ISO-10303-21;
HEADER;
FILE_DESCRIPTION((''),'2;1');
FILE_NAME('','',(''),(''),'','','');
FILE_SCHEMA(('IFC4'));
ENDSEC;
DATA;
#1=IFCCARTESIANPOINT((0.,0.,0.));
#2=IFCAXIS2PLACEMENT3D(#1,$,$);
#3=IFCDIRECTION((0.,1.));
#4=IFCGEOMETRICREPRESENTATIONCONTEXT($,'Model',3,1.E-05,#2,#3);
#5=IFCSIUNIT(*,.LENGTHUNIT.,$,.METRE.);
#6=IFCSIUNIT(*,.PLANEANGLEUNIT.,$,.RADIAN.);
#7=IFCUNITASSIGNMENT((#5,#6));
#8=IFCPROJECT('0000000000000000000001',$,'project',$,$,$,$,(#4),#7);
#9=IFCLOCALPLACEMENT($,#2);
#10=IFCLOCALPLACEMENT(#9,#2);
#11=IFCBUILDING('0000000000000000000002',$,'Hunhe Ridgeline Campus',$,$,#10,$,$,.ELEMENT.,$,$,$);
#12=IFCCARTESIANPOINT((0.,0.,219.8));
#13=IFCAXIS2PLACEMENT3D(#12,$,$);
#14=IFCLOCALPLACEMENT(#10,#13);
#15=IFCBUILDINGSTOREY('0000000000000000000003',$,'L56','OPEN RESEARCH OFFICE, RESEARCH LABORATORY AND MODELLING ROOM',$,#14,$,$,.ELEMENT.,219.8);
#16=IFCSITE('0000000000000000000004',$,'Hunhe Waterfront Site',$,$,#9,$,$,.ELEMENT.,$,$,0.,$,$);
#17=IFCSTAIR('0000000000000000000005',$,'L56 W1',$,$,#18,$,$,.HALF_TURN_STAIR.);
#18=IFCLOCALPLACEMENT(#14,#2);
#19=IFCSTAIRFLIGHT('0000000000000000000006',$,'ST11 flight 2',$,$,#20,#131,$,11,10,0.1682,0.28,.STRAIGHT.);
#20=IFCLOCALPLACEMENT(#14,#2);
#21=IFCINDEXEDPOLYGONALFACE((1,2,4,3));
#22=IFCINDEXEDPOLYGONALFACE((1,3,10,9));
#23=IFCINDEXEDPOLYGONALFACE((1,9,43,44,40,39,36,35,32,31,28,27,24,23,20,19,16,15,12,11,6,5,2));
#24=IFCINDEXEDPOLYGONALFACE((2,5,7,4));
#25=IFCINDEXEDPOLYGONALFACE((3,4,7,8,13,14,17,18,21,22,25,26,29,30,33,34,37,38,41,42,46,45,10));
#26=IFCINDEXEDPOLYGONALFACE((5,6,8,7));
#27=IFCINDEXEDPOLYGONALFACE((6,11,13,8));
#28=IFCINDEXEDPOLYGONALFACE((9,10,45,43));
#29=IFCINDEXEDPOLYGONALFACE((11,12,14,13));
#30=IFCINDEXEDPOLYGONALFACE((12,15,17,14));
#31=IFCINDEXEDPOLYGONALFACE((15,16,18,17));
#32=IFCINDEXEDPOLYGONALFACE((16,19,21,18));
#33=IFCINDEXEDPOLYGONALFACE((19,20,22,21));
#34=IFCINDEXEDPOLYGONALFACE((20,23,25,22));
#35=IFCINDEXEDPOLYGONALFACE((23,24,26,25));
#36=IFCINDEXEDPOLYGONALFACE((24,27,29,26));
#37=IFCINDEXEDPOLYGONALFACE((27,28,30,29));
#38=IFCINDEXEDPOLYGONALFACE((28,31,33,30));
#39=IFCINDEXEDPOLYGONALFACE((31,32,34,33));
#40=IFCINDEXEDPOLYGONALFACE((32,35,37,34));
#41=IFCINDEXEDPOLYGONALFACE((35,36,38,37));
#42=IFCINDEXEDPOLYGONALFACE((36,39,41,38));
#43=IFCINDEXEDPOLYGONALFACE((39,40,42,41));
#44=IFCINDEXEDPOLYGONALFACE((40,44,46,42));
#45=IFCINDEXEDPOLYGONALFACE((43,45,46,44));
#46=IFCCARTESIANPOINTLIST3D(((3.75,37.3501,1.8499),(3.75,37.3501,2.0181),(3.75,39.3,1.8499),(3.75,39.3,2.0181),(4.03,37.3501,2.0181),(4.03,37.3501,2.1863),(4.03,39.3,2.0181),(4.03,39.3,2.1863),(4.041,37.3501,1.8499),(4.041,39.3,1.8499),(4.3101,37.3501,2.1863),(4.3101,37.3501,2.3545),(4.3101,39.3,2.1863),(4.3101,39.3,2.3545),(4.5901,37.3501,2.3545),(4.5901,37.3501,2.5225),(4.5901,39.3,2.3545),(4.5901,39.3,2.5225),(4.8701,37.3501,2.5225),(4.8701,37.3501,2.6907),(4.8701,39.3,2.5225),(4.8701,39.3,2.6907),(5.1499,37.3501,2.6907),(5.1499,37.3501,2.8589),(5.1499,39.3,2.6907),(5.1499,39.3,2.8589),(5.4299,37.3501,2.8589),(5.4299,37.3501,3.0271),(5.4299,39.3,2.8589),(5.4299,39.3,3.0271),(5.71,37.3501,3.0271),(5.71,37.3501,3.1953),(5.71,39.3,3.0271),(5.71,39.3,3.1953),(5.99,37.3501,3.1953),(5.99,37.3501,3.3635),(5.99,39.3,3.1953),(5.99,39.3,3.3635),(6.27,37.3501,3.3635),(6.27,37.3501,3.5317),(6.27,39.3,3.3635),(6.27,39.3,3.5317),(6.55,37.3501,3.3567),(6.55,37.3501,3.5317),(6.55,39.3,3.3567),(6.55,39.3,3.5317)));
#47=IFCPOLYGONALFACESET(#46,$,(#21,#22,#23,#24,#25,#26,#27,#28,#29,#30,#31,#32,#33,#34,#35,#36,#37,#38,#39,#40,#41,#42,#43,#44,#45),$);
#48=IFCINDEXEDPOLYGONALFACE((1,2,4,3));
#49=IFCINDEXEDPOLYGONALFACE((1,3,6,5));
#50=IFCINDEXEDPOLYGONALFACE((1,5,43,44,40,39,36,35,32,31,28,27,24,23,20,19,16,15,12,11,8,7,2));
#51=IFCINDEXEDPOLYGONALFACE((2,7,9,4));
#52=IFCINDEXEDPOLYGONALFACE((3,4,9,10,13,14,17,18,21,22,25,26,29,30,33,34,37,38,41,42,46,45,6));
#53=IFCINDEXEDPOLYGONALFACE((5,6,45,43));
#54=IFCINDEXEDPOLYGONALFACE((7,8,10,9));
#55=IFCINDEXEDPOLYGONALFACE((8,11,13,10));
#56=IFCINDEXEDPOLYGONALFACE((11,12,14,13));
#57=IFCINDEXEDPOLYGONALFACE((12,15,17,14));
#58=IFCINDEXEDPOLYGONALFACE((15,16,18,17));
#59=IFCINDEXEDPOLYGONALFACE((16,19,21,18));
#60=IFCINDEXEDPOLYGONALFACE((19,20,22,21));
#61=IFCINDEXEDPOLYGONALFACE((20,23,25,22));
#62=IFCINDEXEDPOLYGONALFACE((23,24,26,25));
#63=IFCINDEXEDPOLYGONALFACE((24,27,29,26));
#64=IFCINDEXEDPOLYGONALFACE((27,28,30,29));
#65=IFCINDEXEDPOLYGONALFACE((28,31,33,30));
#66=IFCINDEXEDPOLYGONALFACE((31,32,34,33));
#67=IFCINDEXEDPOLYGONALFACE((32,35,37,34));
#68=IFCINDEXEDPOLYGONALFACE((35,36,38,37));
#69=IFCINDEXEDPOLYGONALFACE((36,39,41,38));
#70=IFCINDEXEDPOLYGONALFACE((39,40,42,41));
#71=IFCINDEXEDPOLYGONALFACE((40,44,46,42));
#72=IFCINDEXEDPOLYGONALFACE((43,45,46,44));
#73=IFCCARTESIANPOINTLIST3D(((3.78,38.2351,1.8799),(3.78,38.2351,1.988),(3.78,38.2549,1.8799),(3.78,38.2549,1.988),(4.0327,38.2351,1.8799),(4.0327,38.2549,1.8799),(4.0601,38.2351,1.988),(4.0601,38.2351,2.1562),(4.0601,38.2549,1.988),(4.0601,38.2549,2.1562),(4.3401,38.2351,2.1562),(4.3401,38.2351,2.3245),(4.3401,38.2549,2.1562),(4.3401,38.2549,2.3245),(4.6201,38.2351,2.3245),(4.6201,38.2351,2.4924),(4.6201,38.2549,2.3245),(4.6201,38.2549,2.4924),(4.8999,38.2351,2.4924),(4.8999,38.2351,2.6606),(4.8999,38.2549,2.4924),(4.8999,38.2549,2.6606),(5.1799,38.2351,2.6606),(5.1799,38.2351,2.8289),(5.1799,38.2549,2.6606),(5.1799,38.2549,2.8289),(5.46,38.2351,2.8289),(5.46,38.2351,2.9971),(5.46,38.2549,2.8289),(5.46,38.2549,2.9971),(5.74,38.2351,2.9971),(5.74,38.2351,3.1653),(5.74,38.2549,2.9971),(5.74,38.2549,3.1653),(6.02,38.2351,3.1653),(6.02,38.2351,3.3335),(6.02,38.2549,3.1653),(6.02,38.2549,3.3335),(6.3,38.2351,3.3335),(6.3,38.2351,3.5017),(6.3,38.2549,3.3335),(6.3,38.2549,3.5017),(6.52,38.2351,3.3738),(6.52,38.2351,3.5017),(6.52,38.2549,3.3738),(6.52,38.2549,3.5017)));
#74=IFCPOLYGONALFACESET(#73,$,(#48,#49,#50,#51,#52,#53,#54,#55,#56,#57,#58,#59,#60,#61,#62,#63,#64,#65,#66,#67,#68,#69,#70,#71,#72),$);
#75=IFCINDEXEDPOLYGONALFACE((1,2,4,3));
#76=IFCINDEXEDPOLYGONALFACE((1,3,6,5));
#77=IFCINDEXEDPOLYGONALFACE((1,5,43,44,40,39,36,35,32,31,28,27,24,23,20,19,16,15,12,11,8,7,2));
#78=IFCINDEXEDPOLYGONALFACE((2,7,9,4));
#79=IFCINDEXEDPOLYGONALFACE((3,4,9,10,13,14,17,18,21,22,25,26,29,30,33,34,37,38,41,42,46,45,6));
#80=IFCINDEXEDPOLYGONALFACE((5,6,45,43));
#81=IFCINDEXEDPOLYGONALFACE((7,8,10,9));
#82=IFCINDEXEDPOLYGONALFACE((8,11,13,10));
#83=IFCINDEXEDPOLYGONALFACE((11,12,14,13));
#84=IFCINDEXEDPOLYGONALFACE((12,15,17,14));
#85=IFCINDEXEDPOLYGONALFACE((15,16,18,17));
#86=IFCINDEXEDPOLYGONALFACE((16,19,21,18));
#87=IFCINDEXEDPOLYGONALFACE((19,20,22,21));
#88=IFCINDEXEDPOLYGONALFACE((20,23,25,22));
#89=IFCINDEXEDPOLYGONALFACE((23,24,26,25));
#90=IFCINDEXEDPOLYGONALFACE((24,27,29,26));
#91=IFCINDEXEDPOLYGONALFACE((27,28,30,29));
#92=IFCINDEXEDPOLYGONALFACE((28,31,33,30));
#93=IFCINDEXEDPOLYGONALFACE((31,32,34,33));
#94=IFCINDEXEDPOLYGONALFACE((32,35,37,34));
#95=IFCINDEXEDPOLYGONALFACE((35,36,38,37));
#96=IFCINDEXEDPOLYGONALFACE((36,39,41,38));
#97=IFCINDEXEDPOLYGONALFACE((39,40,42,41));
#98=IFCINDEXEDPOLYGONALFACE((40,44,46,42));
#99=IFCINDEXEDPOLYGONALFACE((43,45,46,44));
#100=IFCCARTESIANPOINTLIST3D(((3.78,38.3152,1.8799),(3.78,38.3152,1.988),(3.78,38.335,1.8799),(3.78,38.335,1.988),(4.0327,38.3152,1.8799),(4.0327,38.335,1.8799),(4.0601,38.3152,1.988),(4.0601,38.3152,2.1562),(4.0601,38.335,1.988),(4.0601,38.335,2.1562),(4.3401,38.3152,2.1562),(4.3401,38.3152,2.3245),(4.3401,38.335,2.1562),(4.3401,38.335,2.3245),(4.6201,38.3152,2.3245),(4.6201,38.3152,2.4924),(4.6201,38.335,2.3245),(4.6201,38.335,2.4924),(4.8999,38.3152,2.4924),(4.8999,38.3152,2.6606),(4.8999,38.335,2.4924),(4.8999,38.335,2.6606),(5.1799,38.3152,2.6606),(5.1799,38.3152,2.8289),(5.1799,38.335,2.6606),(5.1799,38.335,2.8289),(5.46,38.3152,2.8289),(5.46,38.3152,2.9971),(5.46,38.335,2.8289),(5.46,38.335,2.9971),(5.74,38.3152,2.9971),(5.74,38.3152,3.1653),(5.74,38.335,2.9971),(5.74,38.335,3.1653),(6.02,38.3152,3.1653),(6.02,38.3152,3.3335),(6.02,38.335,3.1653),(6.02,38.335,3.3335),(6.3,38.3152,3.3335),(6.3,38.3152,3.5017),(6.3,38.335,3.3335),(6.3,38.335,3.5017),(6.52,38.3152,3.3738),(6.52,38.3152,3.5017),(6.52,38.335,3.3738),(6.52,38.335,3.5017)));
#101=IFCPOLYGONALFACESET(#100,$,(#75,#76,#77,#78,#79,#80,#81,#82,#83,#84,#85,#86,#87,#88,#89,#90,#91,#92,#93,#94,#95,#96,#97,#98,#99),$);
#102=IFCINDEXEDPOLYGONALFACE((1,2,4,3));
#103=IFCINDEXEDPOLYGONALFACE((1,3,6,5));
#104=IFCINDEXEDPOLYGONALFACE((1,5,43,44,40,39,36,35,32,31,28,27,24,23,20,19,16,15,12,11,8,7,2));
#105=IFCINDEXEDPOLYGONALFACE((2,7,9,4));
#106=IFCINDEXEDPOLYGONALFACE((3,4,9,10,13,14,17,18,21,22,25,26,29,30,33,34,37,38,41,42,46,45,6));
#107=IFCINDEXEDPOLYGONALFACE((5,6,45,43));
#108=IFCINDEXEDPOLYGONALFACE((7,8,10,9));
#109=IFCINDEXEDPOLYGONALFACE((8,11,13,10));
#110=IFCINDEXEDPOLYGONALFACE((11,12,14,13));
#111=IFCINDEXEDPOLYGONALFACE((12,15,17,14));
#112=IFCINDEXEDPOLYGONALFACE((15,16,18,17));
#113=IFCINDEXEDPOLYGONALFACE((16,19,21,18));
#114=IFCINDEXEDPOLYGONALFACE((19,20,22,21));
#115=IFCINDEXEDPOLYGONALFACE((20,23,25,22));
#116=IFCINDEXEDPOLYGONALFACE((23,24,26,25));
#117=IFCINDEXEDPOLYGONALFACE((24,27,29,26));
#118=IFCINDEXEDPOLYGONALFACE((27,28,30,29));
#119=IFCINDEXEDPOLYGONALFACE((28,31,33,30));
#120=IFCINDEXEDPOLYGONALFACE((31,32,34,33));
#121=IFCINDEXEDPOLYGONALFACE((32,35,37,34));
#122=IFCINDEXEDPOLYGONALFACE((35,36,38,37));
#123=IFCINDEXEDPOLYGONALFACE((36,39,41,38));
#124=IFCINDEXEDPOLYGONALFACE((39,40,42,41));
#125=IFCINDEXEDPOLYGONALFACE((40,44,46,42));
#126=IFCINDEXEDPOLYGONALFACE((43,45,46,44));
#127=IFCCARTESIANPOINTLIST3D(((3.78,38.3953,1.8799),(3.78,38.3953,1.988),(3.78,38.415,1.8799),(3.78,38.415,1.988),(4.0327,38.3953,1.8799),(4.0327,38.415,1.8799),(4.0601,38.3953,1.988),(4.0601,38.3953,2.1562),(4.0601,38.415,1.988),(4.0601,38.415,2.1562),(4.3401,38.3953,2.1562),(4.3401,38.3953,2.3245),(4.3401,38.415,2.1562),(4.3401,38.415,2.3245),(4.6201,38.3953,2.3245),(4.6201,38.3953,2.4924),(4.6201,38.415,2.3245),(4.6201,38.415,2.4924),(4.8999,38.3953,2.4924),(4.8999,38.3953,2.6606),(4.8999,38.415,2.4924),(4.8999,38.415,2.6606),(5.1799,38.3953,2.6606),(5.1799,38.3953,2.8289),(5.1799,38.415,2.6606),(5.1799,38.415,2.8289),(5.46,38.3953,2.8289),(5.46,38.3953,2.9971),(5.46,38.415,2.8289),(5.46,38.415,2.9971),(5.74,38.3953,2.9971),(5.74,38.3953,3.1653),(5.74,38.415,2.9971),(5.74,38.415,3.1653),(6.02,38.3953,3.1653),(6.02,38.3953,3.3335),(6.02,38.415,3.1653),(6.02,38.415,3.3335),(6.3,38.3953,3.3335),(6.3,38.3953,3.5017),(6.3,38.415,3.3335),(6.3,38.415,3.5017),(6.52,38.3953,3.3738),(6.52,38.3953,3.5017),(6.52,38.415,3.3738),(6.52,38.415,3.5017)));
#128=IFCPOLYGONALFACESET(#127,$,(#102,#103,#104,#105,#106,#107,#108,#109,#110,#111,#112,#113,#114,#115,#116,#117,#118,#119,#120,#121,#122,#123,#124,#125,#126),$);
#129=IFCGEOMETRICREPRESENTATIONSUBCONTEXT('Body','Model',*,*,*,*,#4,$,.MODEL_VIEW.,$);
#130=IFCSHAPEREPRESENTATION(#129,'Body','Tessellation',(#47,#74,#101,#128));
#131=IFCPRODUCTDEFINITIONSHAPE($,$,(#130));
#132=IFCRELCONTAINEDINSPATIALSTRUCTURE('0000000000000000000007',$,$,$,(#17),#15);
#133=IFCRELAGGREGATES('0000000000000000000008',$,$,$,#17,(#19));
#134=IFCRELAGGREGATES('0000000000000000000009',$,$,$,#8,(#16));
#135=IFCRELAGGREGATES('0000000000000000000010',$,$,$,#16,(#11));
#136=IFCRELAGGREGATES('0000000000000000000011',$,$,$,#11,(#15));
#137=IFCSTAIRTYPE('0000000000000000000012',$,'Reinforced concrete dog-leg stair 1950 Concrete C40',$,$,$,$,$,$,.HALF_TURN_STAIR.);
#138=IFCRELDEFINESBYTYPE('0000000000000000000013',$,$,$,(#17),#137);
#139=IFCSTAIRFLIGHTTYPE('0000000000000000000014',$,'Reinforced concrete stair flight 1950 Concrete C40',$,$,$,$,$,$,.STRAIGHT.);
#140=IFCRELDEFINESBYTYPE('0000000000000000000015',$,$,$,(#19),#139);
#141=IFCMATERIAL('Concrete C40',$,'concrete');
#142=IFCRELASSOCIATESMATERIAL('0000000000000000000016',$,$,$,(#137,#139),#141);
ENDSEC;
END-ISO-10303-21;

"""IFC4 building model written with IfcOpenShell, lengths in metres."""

from ifc_helpers import new_model, si_unit, direction, frame, origin, place, context, subcontext, project, spatial, polyline, outline, extrude, material, type_object, element, aggregate, save


model = new_model("IFC4")

# Units and contexts
model_context = context("Model", 3, precision=1e-05, world=origin(), true_north=direction((0.0, 1.0)))
body_context = subcontext(model_context, "Body", "Model", "MODEL_VIEW")
ifc_project = project(units=[si_unit("LENGTHUNIT", "METRE"), si_unit("PLANEANGLEUNIT", "RADIAN")], contexts=[model_context])

# Site, building, storey
site_placement = place(None, origin())
site = spatial("IfcSite", under=ifc_project, at=site_placement, Name="Hunhe Waterfront Site", CompositionType="ELEMENT", RefElevation=0.0)
building_placement = place(site_placement, origin())
building = spatial("IfcBuilding", under=site, at=building_placement, Name="Hunhe Ridgeline Campus", CompositionType="ELEMENT")
storey_placement = place(building_placement, frame((0.0, 0.0, 219.8)))
storey = spatial("IfcBuildingStorey", under=building, at=storey_placement, Name="L56", Description="OPEN RESEARCH OFFICE, RESEARCH LABORATORY AND MODELLING ROOM", CompositionType="ELEMENT", Elevation=219.8)

# Stair, stair flight
ifc_material_1 = material(Name="Concrete C40", Category="concrete")
stair_type = type_object("IfcStairType", Name="Reinforced concrete dog-leg stair 1950 Concrete C40", PredefinedType="HALF_TURN_STAIR", material=ifc_material_1)
stair_placement = place(storey_placement, origin())
stair = element("IfcStair", 1, at=stair_placement, inside=storey, type_object=stair_type, Name="L56 W1", PredefinedType="HALF_TURN_STAIR")
stair_flight_type = type_object("IfcStairFlightType", Name="Reinforced concrete stair flight 1950 Concrete C40", PredefinedType="STRAIGHT", material=ifc_material_1)
stair_flight_1_placement = place(storey_placement, frame((3.75, 38.325, 1.8499), z_axis=(0.0, 0.0, 1.0), x_axis=(1.0, 0.0, 0.0)))
stair_flight_1 = element("IfcStairFlight", 2, at=stair_flight_1_placement, type_object=stair_flight_type, Name="ST11 flight 2", NumberOfRisers=11, NumberOfTreads=10, PredefinedType="STRAIGHT", RiserHeight=0.1682, TreadLength=0.28, context=body_context, shape_type="SweptSolid", body=[
    extrude(outline(polyline([(0.0, 0.0), (0.0, 0.1682), (0.28, 0.1682), (0.28, 0.3364), (0.5601, 0.3364), (0.5601, 0.5046), (0.8401, 0.5046), (0.8401, 0.6726), (1.1201, 0.6726), (1.1201, 0.8408), (1.3999, 0.8408), (1.3999, 1.009), (1.6799, 1.009), (1.6799, 1.1772), (1.96, 1.1772), (1.96, 1.3455), (2.24, 1.3455), (2.24, 1.5137), (2.52, 1.5137), (2.52, 1.6819), (2.8, 1.6819), (2.8, 1.8501), (2.8, 1.5068), (0.291, 0.0), (0.0, 0.0)])), frame((0.0, 0.9751, 0.0), z_axis=(0.0, -1.0, 0.0), x_axis=(1.0, 0.0, 0.0)), (0.0, 0.0, 1.0), 1.95),
    extrude(outline(polyline([(0.03, 0.03), (0.03, 0.1382), (0.3101, 0.1382), (0.3101, 0.3064), (0.5901, 0.3064), (0.5901, 0.4746), (0.8701, 0.4746), (0.8701, 0.6426), (1.1499, 0.6426), (1.1499, 0.8108), (1.4299, 0.8108), (1.4299, 0.979), (1.71, 0.979), (1.71, 1.1472), (1.99, 1.1472), (1.99, 1.3154), (2.27, 1.3154), (2.27, 1.4836), (2.55, 1.4836), (2.55, 1.6519), (2.77, 1.6519), (2.77, 1.5239), (0.2827, 0.03), (0.03, 0.03)])), frame((0.0, -0.0701, 0.0), z_axis=(0.0, -1.0, 0.0), x_axis=(1.0, 0.0, 0.0)), (0.0, 0.0, 1.0), 0.0198),
    extrude(outline(polyline([(0.03, 0.03), (0.03, 0.1382), (0.3101, 0.1382), (0.3101, 0.3064), (0.5901, 0.3064), (0.5901, 0.4746), (0.8701, 0.4746), (0.8701, 0.6426), (1.1499, 0.6426), (1.1499, 0.8108), (1.4299, 0.8108), (1.4299, 0.979), (1.71, 0.979), (1.71, 1.1472), (1.99, 1.1472), (1.99, 1.3154), (2.27, 1.3154), (2.27, 1.4836), (2.55, 1.4836), (2.55, 1.6519), (2.77, 1.6519), (2.77, 1.5239), (0.2827, 0.03), (0.03, 0.03)])), frame((0.0, 0.01, 0.0), z_axis=(0.0, -1.0, 0.0), x_axis=(1.0, 0.0, 0.0)), (0.0, 0.0, 1.0), 0.0198),
    extrude(outline(polyline([(0.03, 0.03), (0.03, 0.1382), (0.3101, 0.1382), (0.3101, 0.3064), (0.5901, 0.3064), (0.5901, 0.4746), (0.8701, 0.4746), (0.8701, 0.6426), (1.1499, 0.6426), (1.1499, 0.8108), (1.4299, 0.8108), (1.4299, 0.979), (1.71, 0.979), (1.71, 1.1472), (1.99, 1.1472), (1.99, 1.3154), (2.27, 1.3154), (2.27, 1.4836), (2.55, 1.4836), (2.55, 1.6519), (2.77, 1.6519), (2.77, 1.5239), (0.2827, 0.03), (0.03, 0.03)])), frame((0.0, 0.0901, 0.0), z_axis=(0.0, -1.0, 0.0), x_axis=(1.0, 0.0, 0.0)), (0.0, 0.0, 1.0), 0.0198),
])
aggregate(stair, [stair_flight_1])

save(model, "model.ifc")
